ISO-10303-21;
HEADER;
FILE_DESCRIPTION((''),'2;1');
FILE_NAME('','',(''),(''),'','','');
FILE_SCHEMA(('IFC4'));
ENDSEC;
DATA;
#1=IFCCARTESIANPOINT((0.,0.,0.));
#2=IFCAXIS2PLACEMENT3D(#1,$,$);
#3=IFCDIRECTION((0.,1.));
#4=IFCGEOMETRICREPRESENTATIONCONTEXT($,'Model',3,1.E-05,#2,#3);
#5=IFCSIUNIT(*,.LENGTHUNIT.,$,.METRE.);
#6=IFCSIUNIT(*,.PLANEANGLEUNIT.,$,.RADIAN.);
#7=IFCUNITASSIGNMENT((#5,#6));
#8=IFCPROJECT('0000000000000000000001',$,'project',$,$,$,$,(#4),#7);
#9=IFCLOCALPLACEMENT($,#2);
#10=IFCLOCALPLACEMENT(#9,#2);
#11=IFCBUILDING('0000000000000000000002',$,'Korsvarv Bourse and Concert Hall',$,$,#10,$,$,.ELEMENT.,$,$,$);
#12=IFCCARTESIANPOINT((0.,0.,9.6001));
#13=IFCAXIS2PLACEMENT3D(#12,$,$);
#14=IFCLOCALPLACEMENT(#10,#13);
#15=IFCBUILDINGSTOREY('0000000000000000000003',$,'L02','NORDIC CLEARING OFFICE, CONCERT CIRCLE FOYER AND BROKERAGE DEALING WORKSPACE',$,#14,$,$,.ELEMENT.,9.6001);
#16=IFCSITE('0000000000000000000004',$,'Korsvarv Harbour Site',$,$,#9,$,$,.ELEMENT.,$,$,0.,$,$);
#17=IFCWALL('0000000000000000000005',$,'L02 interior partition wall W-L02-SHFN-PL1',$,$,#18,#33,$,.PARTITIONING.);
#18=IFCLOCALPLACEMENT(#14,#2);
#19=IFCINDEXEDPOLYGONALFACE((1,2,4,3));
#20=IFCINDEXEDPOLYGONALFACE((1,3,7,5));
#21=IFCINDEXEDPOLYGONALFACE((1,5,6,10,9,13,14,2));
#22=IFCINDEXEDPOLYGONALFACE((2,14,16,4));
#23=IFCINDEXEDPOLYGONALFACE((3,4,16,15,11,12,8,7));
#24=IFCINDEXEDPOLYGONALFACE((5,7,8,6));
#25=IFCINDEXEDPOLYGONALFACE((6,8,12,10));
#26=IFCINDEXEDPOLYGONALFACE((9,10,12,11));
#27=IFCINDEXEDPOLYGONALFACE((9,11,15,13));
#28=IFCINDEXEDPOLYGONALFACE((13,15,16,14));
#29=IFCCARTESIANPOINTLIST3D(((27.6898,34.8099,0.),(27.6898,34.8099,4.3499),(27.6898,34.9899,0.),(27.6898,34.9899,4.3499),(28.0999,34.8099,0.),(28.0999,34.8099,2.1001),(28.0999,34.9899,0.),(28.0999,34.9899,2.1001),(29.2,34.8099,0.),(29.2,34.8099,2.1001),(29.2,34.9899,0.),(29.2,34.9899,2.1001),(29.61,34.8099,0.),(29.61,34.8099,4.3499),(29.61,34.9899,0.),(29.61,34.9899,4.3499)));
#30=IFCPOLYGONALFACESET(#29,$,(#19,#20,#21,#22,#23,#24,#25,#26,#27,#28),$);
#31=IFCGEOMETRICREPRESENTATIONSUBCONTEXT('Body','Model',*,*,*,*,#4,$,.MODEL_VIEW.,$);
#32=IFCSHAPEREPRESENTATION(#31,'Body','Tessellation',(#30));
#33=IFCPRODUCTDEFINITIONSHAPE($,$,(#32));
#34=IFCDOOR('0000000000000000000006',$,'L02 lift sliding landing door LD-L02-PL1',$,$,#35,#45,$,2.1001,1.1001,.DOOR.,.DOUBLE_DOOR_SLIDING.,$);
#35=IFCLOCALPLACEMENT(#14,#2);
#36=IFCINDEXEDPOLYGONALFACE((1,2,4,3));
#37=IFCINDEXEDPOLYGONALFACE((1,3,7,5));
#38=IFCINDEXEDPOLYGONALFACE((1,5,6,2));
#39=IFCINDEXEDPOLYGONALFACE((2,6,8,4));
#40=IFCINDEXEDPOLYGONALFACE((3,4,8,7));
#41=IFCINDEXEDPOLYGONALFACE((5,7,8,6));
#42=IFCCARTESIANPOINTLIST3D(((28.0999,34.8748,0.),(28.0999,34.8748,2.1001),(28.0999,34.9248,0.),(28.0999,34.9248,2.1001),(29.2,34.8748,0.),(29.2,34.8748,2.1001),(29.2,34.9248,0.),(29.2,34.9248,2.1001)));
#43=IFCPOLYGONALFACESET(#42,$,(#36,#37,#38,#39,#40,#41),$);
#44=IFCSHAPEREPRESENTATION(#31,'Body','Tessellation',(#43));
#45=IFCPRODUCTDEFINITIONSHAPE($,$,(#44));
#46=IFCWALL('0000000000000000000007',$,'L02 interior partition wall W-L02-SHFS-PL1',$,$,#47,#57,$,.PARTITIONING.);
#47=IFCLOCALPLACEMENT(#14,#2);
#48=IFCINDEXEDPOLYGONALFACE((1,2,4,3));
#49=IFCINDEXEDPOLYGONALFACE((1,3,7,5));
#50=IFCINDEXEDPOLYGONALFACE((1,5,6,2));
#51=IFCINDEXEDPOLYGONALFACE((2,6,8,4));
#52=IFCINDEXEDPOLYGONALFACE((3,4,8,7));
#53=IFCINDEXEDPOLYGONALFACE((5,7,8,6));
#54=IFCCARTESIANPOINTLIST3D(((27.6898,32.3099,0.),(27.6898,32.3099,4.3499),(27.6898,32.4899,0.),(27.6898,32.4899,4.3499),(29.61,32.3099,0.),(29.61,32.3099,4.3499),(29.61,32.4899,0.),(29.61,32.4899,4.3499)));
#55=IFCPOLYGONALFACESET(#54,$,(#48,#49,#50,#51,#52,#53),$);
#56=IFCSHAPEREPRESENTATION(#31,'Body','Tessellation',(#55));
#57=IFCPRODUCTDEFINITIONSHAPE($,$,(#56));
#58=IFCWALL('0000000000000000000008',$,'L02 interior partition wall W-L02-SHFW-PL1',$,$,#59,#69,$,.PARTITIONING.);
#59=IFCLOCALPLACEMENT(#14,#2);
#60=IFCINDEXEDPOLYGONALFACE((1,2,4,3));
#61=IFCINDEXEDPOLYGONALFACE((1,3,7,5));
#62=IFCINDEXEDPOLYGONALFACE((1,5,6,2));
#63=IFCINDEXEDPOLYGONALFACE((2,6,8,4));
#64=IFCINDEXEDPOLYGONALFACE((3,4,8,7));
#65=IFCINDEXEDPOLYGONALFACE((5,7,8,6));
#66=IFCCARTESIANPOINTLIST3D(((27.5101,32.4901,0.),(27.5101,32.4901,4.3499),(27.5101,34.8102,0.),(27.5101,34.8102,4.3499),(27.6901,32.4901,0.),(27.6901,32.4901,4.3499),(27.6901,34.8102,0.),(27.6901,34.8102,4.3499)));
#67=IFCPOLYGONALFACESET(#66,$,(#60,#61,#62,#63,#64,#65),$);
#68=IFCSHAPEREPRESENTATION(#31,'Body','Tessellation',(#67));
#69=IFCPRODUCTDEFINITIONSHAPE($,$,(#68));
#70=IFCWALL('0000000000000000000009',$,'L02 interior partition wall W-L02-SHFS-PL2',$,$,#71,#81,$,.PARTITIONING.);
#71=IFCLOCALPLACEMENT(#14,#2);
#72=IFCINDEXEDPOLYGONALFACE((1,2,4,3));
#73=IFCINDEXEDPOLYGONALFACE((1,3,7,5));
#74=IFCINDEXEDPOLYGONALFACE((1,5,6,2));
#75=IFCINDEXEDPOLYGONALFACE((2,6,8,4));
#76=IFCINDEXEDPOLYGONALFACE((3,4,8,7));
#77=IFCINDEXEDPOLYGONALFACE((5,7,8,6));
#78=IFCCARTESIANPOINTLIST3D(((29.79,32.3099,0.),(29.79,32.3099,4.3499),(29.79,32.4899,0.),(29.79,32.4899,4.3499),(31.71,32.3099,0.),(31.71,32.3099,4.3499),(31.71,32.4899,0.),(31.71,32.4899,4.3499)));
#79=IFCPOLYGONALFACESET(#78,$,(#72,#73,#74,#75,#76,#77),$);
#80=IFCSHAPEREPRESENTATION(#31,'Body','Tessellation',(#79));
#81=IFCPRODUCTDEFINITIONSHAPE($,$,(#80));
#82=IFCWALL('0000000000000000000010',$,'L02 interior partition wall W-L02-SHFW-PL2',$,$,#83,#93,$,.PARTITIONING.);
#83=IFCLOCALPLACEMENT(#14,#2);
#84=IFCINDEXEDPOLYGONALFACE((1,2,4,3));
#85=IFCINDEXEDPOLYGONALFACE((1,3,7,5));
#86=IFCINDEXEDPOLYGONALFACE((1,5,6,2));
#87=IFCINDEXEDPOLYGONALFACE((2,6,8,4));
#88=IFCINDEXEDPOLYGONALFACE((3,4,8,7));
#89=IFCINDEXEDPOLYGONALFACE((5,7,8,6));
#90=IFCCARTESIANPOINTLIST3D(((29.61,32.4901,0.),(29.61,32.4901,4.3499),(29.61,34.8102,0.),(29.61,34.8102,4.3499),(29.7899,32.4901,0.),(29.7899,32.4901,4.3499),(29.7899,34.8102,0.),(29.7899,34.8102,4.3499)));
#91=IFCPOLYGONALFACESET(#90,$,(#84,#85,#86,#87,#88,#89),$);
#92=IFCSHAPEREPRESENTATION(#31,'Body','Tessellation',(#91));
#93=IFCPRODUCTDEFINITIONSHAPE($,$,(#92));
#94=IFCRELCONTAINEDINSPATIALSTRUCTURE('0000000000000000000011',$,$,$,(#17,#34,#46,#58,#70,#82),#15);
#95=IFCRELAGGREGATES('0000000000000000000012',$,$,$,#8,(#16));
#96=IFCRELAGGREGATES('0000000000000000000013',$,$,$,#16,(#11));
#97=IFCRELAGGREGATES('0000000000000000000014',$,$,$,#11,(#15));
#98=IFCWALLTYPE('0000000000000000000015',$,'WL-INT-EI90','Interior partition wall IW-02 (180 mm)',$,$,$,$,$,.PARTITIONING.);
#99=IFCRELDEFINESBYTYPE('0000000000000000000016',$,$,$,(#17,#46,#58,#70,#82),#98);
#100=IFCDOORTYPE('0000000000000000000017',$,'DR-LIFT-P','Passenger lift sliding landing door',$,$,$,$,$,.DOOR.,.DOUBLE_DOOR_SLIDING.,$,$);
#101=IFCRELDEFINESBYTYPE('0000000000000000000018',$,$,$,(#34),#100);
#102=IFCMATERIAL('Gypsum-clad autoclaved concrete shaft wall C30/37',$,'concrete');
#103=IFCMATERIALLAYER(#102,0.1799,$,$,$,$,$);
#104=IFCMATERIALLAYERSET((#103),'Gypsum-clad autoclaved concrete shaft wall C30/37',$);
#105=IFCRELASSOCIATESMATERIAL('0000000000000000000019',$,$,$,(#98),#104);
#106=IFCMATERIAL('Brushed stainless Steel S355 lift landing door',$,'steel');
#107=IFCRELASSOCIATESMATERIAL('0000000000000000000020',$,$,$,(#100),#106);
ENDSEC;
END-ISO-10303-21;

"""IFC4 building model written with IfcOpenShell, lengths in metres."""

from ifc_helpers import new_model, si_unit, direction, frame, frame_2d, origin, place, context, subcontext, project, spatial, rectangle, extrude, material, layer, layer_set, type_object, element, fill, save


model = new_model("IFC4")

# Units and contexts
model_context = context("Model", 3, precision=1e-05, world=origin(), true_north=direction((0.0, 1.0)))
body_context = subcontext(model_context, "Body", "Model", "MODEL_VIEW")
ifc_project = project(units=[si_unit("LENGTHUNIT", "METRE"), si_unit("PLANEANGLEUNIT", "RADIAN")], contexts=[model_context])

# Site, building, storey
site_placement = place(None, origin())
site = spatial("IfcSite", under=ifc_project, at=site_placement, Name="Korsvarv Harbour Site", CompositionType="ELEMENT", RefElevation=0.0)
building_placement = place(site_placement, origin())
building = spatial("IfcBuilding", under=site, at=building_placement, Name="Korsvarv Bourse and Concert Hall", CompositionType="ELEMENT")
storey_placement = place(building_placement, frame((0.0, 0.0, 9.6001)))
storey = spatial("IfcBuildingStorey", under=building, at=storey_placement, Name="L02", Description="NORDIC CLEARING OFFICE, CONCERT CIRCLE FOYER AND BROKERAGE DEALING WORKSPACE", CompositionType="ELEMENT", Elevation=9.6001)

# Wall, opening, door
ifc_material_1 = material(Name="Gypsum-clad autoclaved concrete shaft wall C30/37", Category="concrete")
ifc_layer_1 = layer(ifc_material_1, 0.1799)
ifc_layer_set_1 = layer_set([ifc_layer_1], Name="Gypsum-clad autoclaved concrete shaft wall C30/37")
wall_type_1 = type_object("IfcWallType", Name="WL-INT-EI90", Description="Interior partition wall IW-02 (180 mm)", PredefinedType="PARTITIONING", material=ifc_layer_set_1)
wall_1_placement = place(storey_placement, frame((27.6899, 34.8999, 0.0), z_axis=(0.0, 0.0, 1.0), x_axis=(1.0, 0.0, 0.0)))
wall_1 = element("IfcWall", 1, at=wall_1_placement, inside=storey, type_object=wall_type_1, Name="L02 interior partition wall W-L02-SHFN-PL1", PredefinedType="PARTITIONING", context=body_context, shape_type="SweptSolid", body=[
    extrude(rectangle(XDim=1.9202, YDim=0.1799, at=frame_2d((0.96, 0.0))), origin(), (0.0, 0.0, 1.0), 4.3499),
])
opening_1_placement = place(wall_1_placement, frame((0.4099, 0.0, 0.0)))
opening_1 = element("IfcOpeningElement", 2, at=opening_1_placement, cuts=wall_1, PredefinedType="OPENING", context=body_context, shape_type="SweptSolid", body=[
    extrude(rectangle(XDim=1.1001, YDim=2.1001, at=frame_2d((0.55, 1.05))), frame((0.0, 0.1001, 0.0), z_axis=(0.0, -1.0, 0.0), x_axis=(1.0, 0.0, 0.0)), (0.0, 0.0, 1.0), 0.2),
])
ifc_material_2 = material(Name="Brushed stainless Steel S355 lift landing door", Category="steel")
door_type_1 = type_object("IfcDoorType", Name="DR-LIFT-P", Description="Passenger lift sliding landing door", OperationType="DOUBLE_DOOR_SLIDING", PredefinedType="DOOR", material=ifc_material_2)
door_1_placement = place(opening_1_placement, origin())
door_1 = element("IfcDoor", 3, at=door_1_placement, inside=storey, type_object=door_type_1, Name="L02 lift sliding landing door LD-L02-PL1", OperationType="DOUBLE_DOOR_SLIDING", OverallHeight=2.1001, OverallWidth=1.1001, PredefinedType="DOOR", context=body_context, shape_type="SweptSolid", body=[
    extrude(rectangle(XDim=1.1001, YDim=2.1001, at=frame_2d((0.55, 1.05))), frame((0.0, 0.0249, 0.0), z_axis=(0.0, -1.0, 0.0), x_axis=(1.0, 0.0, 0.0)), (0.0, 0.0, 1.0), 0.05),
])
fill(opening_1, door_1)

# Walls
wall_2_placement = place(storey_placement, frame((27.6899, 32.3999, 0.0), z_axis=(0.0, 0.0, 1.0), x_axis=(1.0, 0.0, 0.0)))
element("IfcWall", 4, at=wall_2_placement, inside=storey, type_object=wall_type_1, Name="L02 interior partition wall W-L02-SHFS-PL1", PredefinedType="PARTITIONING", context=body_context, shape_type="SweptSolid", body=[
    extrude(rectangle(XDim=1.9202, YDim=0.1799, at=frame_2d((0.96, 0.0))), origin(), (0.0, 0.0, 1.0), 4.3499),
])
wall_3_placement = place(storey_placement, frame((27.6001, 32.49, 0.0), z_axis=(0.0, 0.0, 1.0), x_axis=(0.0, 1.0, 0.0)))
element("IfcWall", 5, at=wall_3_placement, inside=storey, type_object=wall_type_1, Name="L02 interior partition wall W-L02-SHFW-PL1", PredefinedType="PARTITIONING", context=body_context, shape_type="SweptSolid", body=[
    extrude(rectangle(XDim=2.3201, YDim=0.1799, at=frame_2d((1.1602, 0.0))), origin(), (0.0, 0.0, 1.0), 4.3499),
])
wall_4_placement = place(storey_placement, frame((29.79, 32.3999, 0.0), z_axis=(0.0, 0.0, 1.0), x_axis=(1.0, 0.0, 0.0)))
element("IfcWall", 6, at=wall_4_placement, inside=storey, type_object=wall_type_1, Name="L02 interior partition wall W-L02-SHFS-PL2", PredefinedType="PARTITIONING", context=body_context, shape_type="SweptSolid", body=[
    extrude(rectangle(XDim=1.9199, YDim=0.1799, at=frame_2d((0.96, 0.0))), origin(), (0.0, 0.0, 1.0), 4.3499),
])
wall_5_placement = place(storey_placement, frame((29.7, 32.49, 0.0), z_axis=(0.0, 0.0, 1.0), x_axis=(0.0, 1.0, 0.0)))
element("IfcWall", 7, at=wall_5_placement, inside=storey, type_object=wall_type_1, Name="L02 interior partition wall W-L02-SHFW-PL2", PredefinedType="PARTITIONING", context=body_context, shape_type="SweptSolid", body=[
    extrude(rectangle(XDim=2.3201, YDim=0.1799, at=frame_2d((1.1602, 0.0))), origin(), (0.0, 0.0, 1.0), 4.3499),
])

save(model, "model.ifc")
